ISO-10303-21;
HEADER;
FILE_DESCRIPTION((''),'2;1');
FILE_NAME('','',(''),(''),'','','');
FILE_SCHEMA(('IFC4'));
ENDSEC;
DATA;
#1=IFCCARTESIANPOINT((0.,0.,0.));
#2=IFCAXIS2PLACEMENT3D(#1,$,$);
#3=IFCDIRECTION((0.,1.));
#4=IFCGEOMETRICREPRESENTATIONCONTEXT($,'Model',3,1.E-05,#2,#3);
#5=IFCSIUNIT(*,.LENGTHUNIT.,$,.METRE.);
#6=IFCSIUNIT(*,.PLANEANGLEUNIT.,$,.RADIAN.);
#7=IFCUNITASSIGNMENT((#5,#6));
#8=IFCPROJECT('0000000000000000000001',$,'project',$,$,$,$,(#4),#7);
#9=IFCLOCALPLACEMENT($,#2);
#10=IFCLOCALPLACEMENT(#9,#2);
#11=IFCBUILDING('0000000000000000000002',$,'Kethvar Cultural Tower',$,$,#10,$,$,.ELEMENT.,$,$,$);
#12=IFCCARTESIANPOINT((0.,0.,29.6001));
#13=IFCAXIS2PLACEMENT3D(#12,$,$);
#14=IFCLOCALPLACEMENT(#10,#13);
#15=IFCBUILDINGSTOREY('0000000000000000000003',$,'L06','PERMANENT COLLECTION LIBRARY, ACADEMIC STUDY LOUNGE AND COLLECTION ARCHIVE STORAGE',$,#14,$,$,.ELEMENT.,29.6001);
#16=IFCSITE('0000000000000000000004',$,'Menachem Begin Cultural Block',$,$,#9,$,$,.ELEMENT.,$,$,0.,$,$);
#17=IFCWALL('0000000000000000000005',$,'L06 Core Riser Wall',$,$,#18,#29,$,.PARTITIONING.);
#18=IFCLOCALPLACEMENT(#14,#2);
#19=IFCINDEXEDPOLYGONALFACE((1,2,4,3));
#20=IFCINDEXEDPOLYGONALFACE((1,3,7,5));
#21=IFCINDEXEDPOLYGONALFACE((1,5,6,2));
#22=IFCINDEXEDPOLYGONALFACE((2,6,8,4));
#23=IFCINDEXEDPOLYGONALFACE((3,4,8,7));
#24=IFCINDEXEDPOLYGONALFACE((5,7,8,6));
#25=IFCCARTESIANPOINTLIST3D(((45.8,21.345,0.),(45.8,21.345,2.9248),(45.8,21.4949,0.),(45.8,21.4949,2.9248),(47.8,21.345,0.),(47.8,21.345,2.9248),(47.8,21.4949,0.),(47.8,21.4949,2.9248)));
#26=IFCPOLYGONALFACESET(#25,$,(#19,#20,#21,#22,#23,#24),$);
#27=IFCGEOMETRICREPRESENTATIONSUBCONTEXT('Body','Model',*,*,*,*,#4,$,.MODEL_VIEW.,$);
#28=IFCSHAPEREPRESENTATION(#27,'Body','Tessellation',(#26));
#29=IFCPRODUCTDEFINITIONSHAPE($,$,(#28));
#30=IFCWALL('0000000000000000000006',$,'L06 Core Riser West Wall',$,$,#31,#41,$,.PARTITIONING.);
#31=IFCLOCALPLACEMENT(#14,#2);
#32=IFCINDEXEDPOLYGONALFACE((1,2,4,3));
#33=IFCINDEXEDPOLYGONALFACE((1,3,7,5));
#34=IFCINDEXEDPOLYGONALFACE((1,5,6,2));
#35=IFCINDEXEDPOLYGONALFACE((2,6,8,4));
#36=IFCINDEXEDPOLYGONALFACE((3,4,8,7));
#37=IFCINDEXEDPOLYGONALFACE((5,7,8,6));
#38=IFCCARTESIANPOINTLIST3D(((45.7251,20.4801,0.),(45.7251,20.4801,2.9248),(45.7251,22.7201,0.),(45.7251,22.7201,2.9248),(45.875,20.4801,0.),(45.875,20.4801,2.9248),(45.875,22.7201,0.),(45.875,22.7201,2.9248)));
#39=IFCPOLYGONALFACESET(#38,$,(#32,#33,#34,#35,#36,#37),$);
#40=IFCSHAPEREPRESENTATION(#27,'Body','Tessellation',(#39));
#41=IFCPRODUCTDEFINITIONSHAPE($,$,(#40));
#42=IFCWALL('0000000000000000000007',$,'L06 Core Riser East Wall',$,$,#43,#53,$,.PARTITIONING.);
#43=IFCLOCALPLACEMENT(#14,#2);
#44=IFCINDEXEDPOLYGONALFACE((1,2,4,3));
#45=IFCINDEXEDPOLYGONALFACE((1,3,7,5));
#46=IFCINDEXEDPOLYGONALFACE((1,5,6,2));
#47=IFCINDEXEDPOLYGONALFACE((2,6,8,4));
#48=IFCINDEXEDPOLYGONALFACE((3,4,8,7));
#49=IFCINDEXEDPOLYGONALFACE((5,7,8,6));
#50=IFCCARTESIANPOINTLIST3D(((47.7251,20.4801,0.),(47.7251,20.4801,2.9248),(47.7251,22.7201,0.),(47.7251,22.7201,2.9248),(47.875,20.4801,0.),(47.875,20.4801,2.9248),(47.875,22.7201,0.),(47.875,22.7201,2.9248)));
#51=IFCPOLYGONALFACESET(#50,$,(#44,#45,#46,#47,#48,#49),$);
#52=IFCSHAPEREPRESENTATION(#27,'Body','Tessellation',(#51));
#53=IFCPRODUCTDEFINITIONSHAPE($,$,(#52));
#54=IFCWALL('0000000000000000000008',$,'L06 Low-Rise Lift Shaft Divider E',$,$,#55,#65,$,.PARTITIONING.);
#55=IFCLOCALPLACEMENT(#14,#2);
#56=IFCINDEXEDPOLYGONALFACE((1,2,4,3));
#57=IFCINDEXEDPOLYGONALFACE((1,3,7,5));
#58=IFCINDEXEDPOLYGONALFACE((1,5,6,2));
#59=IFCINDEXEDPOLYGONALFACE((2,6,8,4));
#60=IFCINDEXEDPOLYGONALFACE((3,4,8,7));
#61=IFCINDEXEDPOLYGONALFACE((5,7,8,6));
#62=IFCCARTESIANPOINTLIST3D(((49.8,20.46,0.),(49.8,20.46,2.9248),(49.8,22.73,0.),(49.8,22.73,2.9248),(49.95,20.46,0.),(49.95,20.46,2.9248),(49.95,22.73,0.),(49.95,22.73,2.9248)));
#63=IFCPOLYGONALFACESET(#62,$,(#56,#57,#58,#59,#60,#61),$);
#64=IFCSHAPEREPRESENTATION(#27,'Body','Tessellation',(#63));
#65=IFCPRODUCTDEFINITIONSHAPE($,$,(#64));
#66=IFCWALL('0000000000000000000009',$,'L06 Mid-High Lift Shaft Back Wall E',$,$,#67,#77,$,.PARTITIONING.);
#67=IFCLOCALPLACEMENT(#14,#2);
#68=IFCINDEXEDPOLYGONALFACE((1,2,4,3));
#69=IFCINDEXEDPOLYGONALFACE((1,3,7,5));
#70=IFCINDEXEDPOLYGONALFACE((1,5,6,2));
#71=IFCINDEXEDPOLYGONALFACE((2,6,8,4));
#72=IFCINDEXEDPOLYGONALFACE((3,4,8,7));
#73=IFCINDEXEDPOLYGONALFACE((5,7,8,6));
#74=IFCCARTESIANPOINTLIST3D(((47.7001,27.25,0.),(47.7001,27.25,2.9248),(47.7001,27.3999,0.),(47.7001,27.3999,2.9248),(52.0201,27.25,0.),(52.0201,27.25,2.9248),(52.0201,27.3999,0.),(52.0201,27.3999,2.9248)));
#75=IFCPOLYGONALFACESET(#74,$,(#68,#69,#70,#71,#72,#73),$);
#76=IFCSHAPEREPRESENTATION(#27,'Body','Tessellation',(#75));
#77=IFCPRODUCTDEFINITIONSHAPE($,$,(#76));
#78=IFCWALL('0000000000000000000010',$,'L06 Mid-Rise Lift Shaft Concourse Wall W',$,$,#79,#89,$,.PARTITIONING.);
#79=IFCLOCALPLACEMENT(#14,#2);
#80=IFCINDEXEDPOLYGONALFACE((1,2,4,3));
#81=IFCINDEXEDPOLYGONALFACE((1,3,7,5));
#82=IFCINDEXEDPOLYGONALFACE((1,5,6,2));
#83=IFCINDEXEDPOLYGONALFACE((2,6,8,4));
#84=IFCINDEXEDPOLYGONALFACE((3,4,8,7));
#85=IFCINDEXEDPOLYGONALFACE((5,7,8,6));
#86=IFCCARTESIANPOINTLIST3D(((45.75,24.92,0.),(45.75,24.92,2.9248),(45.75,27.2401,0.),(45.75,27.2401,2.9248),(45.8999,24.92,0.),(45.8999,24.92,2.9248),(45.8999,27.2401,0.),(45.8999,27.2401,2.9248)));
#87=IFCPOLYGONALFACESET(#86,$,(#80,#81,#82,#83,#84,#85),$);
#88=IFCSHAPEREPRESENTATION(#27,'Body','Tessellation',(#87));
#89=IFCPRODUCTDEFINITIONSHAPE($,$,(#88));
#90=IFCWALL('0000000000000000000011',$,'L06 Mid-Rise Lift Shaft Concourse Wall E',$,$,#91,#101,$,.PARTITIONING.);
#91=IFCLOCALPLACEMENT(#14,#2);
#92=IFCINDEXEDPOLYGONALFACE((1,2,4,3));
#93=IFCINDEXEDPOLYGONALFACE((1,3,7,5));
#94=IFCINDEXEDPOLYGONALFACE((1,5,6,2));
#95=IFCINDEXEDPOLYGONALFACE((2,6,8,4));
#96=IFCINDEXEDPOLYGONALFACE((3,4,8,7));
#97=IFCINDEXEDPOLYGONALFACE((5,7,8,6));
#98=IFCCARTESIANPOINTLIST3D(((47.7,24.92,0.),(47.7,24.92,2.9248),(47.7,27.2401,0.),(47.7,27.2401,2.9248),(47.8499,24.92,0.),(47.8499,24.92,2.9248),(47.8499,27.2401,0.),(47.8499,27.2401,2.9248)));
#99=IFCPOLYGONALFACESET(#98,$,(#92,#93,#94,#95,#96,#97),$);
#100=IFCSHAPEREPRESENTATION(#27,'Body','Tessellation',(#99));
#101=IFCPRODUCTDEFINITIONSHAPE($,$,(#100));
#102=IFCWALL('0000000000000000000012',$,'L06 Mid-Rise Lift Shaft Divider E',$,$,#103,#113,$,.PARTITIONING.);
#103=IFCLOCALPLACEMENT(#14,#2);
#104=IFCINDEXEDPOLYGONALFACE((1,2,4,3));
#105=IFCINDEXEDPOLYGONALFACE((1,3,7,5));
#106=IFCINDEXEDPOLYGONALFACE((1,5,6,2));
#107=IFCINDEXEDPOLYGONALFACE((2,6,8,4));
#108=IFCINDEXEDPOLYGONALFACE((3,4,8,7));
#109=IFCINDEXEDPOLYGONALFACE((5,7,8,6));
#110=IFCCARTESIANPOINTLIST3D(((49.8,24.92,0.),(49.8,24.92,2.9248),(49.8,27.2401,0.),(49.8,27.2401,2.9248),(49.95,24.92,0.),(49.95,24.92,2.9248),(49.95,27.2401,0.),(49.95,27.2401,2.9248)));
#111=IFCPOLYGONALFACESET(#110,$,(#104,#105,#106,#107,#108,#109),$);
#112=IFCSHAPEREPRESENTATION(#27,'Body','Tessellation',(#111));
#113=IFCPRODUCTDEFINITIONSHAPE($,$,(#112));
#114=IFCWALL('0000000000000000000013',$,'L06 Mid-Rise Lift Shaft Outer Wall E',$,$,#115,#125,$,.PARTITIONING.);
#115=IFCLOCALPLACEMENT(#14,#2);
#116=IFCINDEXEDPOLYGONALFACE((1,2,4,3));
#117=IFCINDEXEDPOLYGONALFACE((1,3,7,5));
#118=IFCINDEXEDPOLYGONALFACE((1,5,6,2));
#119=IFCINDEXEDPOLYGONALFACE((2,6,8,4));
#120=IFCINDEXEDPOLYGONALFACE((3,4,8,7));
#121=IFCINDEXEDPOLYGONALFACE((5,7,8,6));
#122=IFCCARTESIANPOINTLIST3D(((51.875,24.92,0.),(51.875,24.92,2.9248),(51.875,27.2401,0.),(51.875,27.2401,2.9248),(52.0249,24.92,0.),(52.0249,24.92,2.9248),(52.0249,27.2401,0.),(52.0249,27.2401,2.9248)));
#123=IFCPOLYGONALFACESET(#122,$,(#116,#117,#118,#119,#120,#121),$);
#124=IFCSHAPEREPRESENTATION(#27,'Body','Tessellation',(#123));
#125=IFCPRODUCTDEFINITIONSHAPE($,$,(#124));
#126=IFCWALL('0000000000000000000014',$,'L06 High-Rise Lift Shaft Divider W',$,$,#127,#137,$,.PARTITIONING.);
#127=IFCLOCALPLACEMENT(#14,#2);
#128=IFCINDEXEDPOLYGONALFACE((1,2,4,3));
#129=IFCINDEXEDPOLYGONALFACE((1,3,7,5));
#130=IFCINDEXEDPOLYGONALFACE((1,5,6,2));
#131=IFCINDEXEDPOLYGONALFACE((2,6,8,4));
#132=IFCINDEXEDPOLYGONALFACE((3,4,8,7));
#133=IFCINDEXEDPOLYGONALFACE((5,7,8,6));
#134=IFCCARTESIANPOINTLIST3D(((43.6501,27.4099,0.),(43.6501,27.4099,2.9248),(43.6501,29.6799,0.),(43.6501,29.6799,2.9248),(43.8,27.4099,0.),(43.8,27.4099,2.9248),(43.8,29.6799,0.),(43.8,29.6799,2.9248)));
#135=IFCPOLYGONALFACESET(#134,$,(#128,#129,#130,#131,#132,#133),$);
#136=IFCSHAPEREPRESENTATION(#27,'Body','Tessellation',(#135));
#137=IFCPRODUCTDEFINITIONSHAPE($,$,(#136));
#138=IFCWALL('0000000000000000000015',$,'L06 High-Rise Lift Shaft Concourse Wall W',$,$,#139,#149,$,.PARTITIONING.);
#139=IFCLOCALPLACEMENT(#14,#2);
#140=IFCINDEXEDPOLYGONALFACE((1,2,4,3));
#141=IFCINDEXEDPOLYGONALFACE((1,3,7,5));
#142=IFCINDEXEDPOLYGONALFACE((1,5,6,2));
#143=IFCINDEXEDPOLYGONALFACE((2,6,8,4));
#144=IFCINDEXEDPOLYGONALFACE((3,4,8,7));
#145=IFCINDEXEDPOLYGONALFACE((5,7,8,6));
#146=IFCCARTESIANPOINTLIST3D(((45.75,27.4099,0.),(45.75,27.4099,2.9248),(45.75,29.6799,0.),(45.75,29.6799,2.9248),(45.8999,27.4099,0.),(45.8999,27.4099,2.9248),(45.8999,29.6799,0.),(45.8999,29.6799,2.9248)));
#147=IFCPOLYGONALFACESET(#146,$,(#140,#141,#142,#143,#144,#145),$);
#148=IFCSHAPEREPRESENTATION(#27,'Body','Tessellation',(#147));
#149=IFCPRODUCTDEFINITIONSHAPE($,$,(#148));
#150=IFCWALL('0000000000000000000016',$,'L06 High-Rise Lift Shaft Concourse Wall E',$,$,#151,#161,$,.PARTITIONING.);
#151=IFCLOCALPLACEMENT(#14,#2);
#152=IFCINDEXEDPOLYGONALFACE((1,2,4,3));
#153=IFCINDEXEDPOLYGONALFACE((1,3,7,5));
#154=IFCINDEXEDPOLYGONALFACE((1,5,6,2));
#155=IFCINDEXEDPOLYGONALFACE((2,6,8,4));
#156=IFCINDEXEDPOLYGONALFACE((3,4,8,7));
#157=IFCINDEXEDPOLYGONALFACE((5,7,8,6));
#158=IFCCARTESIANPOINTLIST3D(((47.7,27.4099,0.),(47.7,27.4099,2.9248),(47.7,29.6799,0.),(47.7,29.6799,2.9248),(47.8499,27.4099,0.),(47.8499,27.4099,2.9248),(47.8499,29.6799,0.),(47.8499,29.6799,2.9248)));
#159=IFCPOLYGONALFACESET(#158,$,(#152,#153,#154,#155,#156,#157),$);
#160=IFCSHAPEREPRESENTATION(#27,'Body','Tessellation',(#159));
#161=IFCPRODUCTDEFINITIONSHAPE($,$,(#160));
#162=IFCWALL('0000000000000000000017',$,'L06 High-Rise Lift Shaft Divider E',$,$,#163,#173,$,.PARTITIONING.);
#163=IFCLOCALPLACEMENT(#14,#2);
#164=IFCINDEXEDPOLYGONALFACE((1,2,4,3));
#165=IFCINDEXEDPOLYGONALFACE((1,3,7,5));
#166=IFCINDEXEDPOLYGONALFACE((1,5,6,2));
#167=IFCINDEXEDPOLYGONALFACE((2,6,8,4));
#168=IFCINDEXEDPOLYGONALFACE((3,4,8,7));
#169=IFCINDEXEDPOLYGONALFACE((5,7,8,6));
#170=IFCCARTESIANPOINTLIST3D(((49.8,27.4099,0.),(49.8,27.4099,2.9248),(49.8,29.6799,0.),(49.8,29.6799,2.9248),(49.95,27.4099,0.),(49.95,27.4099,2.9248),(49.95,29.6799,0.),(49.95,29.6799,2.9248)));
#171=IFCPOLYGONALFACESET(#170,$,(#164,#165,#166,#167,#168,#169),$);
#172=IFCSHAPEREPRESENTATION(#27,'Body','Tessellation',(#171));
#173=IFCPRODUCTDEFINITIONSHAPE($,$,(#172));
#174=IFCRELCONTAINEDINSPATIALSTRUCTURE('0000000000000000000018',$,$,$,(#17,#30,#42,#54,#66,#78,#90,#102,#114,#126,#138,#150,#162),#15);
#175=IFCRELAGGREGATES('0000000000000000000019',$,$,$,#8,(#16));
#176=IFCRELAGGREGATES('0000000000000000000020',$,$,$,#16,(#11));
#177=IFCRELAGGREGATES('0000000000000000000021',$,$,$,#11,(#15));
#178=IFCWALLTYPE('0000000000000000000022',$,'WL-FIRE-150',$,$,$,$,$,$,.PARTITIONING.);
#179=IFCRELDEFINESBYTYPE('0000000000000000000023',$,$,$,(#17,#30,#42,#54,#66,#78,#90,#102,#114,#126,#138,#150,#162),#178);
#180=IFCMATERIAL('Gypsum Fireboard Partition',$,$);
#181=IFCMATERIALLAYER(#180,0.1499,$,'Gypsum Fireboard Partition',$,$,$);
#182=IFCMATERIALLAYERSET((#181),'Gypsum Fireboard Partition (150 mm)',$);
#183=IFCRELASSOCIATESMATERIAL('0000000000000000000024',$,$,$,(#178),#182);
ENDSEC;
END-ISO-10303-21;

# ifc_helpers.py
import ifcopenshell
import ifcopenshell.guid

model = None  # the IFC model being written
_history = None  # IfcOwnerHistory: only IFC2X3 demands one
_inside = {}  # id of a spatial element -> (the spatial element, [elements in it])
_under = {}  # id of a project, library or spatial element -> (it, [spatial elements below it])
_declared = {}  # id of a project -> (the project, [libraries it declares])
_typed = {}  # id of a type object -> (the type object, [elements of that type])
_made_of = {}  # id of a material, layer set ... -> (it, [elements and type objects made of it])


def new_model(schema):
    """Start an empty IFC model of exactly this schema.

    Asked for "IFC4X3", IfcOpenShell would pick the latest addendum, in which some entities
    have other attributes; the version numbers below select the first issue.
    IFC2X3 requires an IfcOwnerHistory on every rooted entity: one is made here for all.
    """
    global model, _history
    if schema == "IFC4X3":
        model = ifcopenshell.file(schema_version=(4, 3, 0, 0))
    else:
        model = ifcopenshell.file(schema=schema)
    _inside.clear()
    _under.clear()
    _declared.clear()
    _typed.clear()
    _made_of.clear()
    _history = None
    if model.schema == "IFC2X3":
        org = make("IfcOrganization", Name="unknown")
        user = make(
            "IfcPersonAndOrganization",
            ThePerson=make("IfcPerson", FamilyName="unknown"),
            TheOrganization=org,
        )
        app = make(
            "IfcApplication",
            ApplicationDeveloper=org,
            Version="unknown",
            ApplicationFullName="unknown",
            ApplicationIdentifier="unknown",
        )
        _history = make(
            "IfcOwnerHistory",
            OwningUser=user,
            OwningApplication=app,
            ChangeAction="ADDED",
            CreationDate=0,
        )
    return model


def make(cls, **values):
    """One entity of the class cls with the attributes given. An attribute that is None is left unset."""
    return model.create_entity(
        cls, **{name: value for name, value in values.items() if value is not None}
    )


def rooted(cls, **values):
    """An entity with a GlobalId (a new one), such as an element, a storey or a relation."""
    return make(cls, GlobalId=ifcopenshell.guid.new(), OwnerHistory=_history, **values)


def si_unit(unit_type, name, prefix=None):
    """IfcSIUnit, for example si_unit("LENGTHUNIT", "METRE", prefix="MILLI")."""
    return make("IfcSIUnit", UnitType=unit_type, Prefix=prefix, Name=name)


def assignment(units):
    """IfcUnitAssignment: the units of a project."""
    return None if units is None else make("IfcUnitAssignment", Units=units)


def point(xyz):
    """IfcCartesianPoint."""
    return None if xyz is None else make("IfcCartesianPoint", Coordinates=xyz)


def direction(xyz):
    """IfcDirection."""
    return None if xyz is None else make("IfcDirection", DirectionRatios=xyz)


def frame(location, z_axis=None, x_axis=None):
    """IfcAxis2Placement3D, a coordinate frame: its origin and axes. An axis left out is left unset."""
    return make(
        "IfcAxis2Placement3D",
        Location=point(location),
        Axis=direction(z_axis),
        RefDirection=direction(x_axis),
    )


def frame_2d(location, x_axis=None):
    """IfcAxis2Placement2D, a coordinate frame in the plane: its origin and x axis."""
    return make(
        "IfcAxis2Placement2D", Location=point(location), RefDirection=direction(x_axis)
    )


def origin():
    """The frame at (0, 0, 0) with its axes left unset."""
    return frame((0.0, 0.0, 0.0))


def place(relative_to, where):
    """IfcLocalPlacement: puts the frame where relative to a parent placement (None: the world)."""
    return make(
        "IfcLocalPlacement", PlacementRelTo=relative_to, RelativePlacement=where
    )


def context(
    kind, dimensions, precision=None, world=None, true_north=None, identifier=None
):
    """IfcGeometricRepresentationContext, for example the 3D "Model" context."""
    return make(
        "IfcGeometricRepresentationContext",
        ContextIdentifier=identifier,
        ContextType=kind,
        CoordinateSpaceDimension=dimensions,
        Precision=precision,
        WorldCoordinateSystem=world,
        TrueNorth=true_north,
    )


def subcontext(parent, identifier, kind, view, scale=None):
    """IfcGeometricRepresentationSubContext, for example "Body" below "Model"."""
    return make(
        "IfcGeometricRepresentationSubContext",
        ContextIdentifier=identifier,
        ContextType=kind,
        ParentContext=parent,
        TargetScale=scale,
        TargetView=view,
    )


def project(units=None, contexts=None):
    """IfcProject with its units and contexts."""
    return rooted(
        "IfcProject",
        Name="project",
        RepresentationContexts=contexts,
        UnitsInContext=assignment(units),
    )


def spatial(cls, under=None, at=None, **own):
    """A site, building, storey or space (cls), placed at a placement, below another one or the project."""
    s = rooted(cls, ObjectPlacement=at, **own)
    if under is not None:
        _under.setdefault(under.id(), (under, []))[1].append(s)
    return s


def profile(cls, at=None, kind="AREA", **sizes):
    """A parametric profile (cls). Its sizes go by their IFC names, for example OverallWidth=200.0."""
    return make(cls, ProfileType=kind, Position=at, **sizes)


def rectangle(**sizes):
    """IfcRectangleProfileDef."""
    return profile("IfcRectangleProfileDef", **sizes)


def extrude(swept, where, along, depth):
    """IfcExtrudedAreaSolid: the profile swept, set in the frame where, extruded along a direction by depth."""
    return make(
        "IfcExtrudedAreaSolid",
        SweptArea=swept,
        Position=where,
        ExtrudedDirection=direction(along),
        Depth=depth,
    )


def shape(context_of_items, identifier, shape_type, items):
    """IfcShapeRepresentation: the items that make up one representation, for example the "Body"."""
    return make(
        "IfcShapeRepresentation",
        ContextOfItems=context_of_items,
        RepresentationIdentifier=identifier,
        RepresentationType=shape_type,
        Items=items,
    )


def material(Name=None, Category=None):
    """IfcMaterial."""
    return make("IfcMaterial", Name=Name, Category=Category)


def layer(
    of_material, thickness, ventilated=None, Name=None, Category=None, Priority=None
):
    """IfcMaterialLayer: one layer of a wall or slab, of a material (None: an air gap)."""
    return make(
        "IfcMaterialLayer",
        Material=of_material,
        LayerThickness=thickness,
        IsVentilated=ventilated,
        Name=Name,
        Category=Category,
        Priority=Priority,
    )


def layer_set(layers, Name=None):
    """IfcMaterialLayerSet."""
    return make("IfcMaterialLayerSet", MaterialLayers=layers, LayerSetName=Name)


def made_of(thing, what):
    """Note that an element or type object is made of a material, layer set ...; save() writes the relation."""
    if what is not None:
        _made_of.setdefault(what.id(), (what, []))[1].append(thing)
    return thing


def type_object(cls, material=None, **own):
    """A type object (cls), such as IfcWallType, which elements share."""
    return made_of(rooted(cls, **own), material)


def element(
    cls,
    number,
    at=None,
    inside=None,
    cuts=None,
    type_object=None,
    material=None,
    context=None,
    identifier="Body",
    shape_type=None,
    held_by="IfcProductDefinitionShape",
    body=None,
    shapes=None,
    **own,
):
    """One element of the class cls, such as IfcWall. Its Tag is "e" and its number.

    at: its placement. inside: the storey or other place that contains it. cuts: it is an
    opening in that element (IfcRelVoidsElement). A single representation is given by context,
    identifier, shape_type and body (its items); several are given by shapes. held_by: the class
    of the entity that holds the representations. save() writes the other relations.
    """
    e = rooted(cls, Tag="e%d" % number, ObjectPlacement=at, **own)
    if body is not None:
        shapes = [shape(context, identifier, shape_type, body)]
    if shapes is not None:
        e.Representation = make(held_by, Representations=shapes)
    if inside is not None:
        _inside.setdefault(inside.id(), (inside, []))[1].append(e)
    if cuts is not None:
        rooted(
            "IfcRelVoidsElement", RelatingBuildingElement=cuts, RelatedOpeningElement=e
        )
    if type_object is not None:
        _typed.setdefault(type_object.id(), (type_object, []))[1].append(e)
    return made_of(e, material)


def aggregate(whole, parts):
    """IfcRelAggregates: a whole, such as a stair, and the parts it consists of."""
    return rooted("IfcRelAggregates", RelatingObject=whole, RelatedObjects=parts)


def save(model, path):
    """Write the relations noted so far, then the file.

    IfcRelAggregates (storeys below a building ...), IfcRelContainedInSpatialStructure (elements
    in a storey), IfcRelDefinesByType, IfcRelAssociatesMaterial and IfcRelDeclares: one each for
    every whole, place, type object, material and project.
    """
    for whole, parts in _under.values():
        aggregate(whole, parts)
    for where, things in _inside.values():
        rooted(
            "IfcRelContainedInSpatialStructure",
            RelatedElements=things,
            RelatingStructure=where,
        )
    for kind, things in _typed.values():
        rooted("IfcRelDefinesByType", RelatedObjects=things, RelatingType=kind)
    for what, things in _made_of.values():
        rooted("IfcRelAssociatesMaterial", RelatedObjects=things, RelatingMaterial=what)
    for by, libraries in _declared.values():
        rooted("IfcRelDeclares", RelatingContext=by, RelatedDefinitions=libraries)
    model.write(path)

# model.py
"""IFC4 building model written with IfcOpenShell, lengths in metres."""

from ifc_helpers import new_model, si_unit, direction, frame, frame_2d, origin, place, context, subcontext, project, spatial, rectangle, extrude, material, layer, layer_set, type_object, element, save


model = new_model("IFC4")

# Units and contexts
model_context = context("Model", 3, precision=1e-05, world=origin(), true_north=direction((0.0, 1.0)))
body_context = subcontext(model_context, "Body", "Model", "MODEL_VIEW")
ifc_project = project(units=[si_unit("LENGTHUNIT", "METRE"), si_unit("PLANEANGLEUNIT", "RADIAN")], contexts=[model_context])

# Site, building, storey
site_placement = place(None, origin())
site = spatial("IfcSite", under=ifc_project, at=site_placement, Name="Menachem Begin Cultural Block", CompositionType="ELEMENT", RefElevation=0.0)
building_placement = place(site_placement, origin())
building = spatial("IfcBuilding", under=site, at=building_placement, Name="Kethvar Cultural Tower", CompositionType="ELEMENT")
storey_placement = place(building_placement, frame((0.0, 0.0, 29.6001)))
storey = spatial("IfcBuildingStorey", under=building, at=storey_placement, Name="L06", Description="PERMANENT COLLECTION LIBRARY, ACADEMIC STUDY LOUNGE AND COLLECTION ARCHIVE STORAGE", CompositionType="ELEMENT", Elevation=29.6001)

# Walls
ifc_material_1 = material(Name="Gypsum Fireboard Partition")
ifc_layer_1 = layer(ifc_material_1, 0.1499, Name="Gypsum Fireboard Partition")
ifc_layer_set_1 = layer_set([ifc_layer_1], Name="Gypsum Fireboard Partition (150 mm)")
wall_type_1 = type_object("IfcWallType", Name="WL-FIRE-150", PredefinedType="PARTITIONING", material=ifc_layer_set_1)
wall_1_placement = place(storey_placement, frame((45.8, 21.4199, 0.0), z_axis=(0.0, 0.0, 1.0), x_axis=(1.0, 0.0, 0.0)))
element("IfcWall", 1, at=wall_1_placement, inside=storey, type_object=wall_type_1, Name="L06 Core Riser Wall", PredefinedType="PARTITIONING", context=body_context, shape_type="SweptSolid", body=[
    extrude(rectangle(XDim=2.0, YDim=0.1499, at=frame_2d((1.0, 0.0))), origin(), (0.0, 0.0, 1.0), 2.9248),
])
for number, where, z_axis, x_axis, name in (
    (2, (45.8, 20.48, 0.0), (0.0, 0.0, 1.0), (0.0, 1.0, 0.0), "L06 Core Riser West Wall"),
    (3, (47.8, 20.48, 0.0), (0.0, 0.0, 1.0), (0.0, 1.0, 0.0), "L06 Core Riser East Wall"),
):
    element("IfcWall", number, at=place(storey_placement, frame(where, z_axis=z_axis, x_axis=x_axis)), inside=storey, type_object=wall_type_1, Name=name, PredefinedType="PARTITIONING", context=body_context, shape_type="SweptSolid", body=[
        extrude(rectangle(XDim=2.24, YDim=0.1499, at=frame_2d((1.1201, 0.0))), origin(), (0.0, 0.0, 1.0), 2.9248),
    ])
wall_2_placement = place(storey_placement, frame((49.875, 20.46, 0.0), z_axis=(0.0, 0.0, 1.0), x_axis=(0.0, 1.0, 0.0)))
element("IfcWall", 4, at=wall_2_placement, inside=storey, type_object=wall_type_1, Name="L06 Low-Rise Lift Shaft Divider E", PredefinedType="PARTITIONING", context=body_context, shape_type="SweptSolid", body=[
    extrude(rectangle(XDim=2.27, YDim=0.1499, at=frame_2d((1.135, 0.0))), origin(), (0.0, 0.0, 1.0), 2.9248),
])
wall_3_placement = place(storey_placement, frame((47.7, 27.325, 0.0), z_axis=(0.0, 0.0, 1.0), x_axis=(1.0, 0.0, 0.0)))
element("IfcWall", 5, at=wall_3_placement, inside=storey, type_object=wall_type_1, Name="L06 Mid-High Lift Shaft Back Wall E", PredefinedType="PARTITIONING", context=body_context, shape_type="SweptSolid", body=[
    extrude(rectangle(XDim=4.3201, YDim=0.1499, at=frame_2d((2.1602, 0.0))), origin(), (0.0, 0.0, 1.0), 2.9248),
])
for number, where, z_axis, x_axis, name in (
    (6, (45.825, 24.9199, 0.0), (0.0, 0.0, 1.0), (0.0, 1.0, 0.0), "L06 Mid-Rise Lift Shaft Concourse Wall W"),
    (7, (47.7749, 24.9199, 0.0), (0.0, 0.0, 1.0), (0.0, 1.0, 0.0), "L06 Mid-Rise Lift Shaft Concourse Wall E"),
    (8, (49.875, 24.9199, 0.0), (0.0, 0.0, 1.0), (0.0, 1.0, 0.0), "L06 Mid-Rise Lift Shaft Divider E"),
    (9, (51.95, 24.9199, 0.0), (0.0, 0.0, 1.0), (0.0, 1.0, 0.0), "L06 Mid-Rise Lift Shaft Outer Wall E"),
):
    element("IfcWall", number, at=place(storey_placement, frame(where, z_axis=z_axis, x_axis=x_axis)), inside=storey, type_object=wall_type_1, Name=name, PredefinedType="PARTITIONING", context=body_context, shape_type="SweptSolid", body=[
        extrude(rectangle(XDim=2.3201, YDim=0.1499, at=frame_2d((1.1602, 0.0))), origin(), (0.0, 0.0, 1.0), 2.9248),
    ])
for number, where, z_axis, x_axis, name in (
    (10, (43.7251, 27.4099, 0.0), (0.0, 0.0, 1.0), (0.0, 1.0, 0.0), "L06 High-Rise Lift Shaft Divider W"),
    (11, (45.825, 27.4099, 0.0), (0.0, 0.0, 1.0), (0.0, 1.0, 0.0), "L06 High-Rise Lift Shaft Concourse Wall W"),
    (12, (47.7749, 27.4099, 0.0), (0.0, 0.0, 1.0), (0.0, 1.0, 0.0), "L06 High-Rise Lift Shaft Concourse Wall E"),
    (13, (49.875, 27.4099, 0.0), (0.0, 0.0, 1.0), (0.0, 1.0, 0.0), "L06 High-Rise Lift Shaft Divider E"),
):
    element("IfcWall", number, at=place(storey_placement, frame(where, z_axis=z_axis, x_axis=x_axis)), inside=storey, type_object=wall_type_1, Name=name, PredefinedType="PARTITIONING", context=body_context, shape_type="SweptSolid", body=[
        extrude(rectangle(XDim=2.27, YDim=0.1499, at=frame_2d((1.135, 0.0))), origin(), (0.0, 0.0, 1.0), 2.9248),
    ])

save(model, "model.ifc")
